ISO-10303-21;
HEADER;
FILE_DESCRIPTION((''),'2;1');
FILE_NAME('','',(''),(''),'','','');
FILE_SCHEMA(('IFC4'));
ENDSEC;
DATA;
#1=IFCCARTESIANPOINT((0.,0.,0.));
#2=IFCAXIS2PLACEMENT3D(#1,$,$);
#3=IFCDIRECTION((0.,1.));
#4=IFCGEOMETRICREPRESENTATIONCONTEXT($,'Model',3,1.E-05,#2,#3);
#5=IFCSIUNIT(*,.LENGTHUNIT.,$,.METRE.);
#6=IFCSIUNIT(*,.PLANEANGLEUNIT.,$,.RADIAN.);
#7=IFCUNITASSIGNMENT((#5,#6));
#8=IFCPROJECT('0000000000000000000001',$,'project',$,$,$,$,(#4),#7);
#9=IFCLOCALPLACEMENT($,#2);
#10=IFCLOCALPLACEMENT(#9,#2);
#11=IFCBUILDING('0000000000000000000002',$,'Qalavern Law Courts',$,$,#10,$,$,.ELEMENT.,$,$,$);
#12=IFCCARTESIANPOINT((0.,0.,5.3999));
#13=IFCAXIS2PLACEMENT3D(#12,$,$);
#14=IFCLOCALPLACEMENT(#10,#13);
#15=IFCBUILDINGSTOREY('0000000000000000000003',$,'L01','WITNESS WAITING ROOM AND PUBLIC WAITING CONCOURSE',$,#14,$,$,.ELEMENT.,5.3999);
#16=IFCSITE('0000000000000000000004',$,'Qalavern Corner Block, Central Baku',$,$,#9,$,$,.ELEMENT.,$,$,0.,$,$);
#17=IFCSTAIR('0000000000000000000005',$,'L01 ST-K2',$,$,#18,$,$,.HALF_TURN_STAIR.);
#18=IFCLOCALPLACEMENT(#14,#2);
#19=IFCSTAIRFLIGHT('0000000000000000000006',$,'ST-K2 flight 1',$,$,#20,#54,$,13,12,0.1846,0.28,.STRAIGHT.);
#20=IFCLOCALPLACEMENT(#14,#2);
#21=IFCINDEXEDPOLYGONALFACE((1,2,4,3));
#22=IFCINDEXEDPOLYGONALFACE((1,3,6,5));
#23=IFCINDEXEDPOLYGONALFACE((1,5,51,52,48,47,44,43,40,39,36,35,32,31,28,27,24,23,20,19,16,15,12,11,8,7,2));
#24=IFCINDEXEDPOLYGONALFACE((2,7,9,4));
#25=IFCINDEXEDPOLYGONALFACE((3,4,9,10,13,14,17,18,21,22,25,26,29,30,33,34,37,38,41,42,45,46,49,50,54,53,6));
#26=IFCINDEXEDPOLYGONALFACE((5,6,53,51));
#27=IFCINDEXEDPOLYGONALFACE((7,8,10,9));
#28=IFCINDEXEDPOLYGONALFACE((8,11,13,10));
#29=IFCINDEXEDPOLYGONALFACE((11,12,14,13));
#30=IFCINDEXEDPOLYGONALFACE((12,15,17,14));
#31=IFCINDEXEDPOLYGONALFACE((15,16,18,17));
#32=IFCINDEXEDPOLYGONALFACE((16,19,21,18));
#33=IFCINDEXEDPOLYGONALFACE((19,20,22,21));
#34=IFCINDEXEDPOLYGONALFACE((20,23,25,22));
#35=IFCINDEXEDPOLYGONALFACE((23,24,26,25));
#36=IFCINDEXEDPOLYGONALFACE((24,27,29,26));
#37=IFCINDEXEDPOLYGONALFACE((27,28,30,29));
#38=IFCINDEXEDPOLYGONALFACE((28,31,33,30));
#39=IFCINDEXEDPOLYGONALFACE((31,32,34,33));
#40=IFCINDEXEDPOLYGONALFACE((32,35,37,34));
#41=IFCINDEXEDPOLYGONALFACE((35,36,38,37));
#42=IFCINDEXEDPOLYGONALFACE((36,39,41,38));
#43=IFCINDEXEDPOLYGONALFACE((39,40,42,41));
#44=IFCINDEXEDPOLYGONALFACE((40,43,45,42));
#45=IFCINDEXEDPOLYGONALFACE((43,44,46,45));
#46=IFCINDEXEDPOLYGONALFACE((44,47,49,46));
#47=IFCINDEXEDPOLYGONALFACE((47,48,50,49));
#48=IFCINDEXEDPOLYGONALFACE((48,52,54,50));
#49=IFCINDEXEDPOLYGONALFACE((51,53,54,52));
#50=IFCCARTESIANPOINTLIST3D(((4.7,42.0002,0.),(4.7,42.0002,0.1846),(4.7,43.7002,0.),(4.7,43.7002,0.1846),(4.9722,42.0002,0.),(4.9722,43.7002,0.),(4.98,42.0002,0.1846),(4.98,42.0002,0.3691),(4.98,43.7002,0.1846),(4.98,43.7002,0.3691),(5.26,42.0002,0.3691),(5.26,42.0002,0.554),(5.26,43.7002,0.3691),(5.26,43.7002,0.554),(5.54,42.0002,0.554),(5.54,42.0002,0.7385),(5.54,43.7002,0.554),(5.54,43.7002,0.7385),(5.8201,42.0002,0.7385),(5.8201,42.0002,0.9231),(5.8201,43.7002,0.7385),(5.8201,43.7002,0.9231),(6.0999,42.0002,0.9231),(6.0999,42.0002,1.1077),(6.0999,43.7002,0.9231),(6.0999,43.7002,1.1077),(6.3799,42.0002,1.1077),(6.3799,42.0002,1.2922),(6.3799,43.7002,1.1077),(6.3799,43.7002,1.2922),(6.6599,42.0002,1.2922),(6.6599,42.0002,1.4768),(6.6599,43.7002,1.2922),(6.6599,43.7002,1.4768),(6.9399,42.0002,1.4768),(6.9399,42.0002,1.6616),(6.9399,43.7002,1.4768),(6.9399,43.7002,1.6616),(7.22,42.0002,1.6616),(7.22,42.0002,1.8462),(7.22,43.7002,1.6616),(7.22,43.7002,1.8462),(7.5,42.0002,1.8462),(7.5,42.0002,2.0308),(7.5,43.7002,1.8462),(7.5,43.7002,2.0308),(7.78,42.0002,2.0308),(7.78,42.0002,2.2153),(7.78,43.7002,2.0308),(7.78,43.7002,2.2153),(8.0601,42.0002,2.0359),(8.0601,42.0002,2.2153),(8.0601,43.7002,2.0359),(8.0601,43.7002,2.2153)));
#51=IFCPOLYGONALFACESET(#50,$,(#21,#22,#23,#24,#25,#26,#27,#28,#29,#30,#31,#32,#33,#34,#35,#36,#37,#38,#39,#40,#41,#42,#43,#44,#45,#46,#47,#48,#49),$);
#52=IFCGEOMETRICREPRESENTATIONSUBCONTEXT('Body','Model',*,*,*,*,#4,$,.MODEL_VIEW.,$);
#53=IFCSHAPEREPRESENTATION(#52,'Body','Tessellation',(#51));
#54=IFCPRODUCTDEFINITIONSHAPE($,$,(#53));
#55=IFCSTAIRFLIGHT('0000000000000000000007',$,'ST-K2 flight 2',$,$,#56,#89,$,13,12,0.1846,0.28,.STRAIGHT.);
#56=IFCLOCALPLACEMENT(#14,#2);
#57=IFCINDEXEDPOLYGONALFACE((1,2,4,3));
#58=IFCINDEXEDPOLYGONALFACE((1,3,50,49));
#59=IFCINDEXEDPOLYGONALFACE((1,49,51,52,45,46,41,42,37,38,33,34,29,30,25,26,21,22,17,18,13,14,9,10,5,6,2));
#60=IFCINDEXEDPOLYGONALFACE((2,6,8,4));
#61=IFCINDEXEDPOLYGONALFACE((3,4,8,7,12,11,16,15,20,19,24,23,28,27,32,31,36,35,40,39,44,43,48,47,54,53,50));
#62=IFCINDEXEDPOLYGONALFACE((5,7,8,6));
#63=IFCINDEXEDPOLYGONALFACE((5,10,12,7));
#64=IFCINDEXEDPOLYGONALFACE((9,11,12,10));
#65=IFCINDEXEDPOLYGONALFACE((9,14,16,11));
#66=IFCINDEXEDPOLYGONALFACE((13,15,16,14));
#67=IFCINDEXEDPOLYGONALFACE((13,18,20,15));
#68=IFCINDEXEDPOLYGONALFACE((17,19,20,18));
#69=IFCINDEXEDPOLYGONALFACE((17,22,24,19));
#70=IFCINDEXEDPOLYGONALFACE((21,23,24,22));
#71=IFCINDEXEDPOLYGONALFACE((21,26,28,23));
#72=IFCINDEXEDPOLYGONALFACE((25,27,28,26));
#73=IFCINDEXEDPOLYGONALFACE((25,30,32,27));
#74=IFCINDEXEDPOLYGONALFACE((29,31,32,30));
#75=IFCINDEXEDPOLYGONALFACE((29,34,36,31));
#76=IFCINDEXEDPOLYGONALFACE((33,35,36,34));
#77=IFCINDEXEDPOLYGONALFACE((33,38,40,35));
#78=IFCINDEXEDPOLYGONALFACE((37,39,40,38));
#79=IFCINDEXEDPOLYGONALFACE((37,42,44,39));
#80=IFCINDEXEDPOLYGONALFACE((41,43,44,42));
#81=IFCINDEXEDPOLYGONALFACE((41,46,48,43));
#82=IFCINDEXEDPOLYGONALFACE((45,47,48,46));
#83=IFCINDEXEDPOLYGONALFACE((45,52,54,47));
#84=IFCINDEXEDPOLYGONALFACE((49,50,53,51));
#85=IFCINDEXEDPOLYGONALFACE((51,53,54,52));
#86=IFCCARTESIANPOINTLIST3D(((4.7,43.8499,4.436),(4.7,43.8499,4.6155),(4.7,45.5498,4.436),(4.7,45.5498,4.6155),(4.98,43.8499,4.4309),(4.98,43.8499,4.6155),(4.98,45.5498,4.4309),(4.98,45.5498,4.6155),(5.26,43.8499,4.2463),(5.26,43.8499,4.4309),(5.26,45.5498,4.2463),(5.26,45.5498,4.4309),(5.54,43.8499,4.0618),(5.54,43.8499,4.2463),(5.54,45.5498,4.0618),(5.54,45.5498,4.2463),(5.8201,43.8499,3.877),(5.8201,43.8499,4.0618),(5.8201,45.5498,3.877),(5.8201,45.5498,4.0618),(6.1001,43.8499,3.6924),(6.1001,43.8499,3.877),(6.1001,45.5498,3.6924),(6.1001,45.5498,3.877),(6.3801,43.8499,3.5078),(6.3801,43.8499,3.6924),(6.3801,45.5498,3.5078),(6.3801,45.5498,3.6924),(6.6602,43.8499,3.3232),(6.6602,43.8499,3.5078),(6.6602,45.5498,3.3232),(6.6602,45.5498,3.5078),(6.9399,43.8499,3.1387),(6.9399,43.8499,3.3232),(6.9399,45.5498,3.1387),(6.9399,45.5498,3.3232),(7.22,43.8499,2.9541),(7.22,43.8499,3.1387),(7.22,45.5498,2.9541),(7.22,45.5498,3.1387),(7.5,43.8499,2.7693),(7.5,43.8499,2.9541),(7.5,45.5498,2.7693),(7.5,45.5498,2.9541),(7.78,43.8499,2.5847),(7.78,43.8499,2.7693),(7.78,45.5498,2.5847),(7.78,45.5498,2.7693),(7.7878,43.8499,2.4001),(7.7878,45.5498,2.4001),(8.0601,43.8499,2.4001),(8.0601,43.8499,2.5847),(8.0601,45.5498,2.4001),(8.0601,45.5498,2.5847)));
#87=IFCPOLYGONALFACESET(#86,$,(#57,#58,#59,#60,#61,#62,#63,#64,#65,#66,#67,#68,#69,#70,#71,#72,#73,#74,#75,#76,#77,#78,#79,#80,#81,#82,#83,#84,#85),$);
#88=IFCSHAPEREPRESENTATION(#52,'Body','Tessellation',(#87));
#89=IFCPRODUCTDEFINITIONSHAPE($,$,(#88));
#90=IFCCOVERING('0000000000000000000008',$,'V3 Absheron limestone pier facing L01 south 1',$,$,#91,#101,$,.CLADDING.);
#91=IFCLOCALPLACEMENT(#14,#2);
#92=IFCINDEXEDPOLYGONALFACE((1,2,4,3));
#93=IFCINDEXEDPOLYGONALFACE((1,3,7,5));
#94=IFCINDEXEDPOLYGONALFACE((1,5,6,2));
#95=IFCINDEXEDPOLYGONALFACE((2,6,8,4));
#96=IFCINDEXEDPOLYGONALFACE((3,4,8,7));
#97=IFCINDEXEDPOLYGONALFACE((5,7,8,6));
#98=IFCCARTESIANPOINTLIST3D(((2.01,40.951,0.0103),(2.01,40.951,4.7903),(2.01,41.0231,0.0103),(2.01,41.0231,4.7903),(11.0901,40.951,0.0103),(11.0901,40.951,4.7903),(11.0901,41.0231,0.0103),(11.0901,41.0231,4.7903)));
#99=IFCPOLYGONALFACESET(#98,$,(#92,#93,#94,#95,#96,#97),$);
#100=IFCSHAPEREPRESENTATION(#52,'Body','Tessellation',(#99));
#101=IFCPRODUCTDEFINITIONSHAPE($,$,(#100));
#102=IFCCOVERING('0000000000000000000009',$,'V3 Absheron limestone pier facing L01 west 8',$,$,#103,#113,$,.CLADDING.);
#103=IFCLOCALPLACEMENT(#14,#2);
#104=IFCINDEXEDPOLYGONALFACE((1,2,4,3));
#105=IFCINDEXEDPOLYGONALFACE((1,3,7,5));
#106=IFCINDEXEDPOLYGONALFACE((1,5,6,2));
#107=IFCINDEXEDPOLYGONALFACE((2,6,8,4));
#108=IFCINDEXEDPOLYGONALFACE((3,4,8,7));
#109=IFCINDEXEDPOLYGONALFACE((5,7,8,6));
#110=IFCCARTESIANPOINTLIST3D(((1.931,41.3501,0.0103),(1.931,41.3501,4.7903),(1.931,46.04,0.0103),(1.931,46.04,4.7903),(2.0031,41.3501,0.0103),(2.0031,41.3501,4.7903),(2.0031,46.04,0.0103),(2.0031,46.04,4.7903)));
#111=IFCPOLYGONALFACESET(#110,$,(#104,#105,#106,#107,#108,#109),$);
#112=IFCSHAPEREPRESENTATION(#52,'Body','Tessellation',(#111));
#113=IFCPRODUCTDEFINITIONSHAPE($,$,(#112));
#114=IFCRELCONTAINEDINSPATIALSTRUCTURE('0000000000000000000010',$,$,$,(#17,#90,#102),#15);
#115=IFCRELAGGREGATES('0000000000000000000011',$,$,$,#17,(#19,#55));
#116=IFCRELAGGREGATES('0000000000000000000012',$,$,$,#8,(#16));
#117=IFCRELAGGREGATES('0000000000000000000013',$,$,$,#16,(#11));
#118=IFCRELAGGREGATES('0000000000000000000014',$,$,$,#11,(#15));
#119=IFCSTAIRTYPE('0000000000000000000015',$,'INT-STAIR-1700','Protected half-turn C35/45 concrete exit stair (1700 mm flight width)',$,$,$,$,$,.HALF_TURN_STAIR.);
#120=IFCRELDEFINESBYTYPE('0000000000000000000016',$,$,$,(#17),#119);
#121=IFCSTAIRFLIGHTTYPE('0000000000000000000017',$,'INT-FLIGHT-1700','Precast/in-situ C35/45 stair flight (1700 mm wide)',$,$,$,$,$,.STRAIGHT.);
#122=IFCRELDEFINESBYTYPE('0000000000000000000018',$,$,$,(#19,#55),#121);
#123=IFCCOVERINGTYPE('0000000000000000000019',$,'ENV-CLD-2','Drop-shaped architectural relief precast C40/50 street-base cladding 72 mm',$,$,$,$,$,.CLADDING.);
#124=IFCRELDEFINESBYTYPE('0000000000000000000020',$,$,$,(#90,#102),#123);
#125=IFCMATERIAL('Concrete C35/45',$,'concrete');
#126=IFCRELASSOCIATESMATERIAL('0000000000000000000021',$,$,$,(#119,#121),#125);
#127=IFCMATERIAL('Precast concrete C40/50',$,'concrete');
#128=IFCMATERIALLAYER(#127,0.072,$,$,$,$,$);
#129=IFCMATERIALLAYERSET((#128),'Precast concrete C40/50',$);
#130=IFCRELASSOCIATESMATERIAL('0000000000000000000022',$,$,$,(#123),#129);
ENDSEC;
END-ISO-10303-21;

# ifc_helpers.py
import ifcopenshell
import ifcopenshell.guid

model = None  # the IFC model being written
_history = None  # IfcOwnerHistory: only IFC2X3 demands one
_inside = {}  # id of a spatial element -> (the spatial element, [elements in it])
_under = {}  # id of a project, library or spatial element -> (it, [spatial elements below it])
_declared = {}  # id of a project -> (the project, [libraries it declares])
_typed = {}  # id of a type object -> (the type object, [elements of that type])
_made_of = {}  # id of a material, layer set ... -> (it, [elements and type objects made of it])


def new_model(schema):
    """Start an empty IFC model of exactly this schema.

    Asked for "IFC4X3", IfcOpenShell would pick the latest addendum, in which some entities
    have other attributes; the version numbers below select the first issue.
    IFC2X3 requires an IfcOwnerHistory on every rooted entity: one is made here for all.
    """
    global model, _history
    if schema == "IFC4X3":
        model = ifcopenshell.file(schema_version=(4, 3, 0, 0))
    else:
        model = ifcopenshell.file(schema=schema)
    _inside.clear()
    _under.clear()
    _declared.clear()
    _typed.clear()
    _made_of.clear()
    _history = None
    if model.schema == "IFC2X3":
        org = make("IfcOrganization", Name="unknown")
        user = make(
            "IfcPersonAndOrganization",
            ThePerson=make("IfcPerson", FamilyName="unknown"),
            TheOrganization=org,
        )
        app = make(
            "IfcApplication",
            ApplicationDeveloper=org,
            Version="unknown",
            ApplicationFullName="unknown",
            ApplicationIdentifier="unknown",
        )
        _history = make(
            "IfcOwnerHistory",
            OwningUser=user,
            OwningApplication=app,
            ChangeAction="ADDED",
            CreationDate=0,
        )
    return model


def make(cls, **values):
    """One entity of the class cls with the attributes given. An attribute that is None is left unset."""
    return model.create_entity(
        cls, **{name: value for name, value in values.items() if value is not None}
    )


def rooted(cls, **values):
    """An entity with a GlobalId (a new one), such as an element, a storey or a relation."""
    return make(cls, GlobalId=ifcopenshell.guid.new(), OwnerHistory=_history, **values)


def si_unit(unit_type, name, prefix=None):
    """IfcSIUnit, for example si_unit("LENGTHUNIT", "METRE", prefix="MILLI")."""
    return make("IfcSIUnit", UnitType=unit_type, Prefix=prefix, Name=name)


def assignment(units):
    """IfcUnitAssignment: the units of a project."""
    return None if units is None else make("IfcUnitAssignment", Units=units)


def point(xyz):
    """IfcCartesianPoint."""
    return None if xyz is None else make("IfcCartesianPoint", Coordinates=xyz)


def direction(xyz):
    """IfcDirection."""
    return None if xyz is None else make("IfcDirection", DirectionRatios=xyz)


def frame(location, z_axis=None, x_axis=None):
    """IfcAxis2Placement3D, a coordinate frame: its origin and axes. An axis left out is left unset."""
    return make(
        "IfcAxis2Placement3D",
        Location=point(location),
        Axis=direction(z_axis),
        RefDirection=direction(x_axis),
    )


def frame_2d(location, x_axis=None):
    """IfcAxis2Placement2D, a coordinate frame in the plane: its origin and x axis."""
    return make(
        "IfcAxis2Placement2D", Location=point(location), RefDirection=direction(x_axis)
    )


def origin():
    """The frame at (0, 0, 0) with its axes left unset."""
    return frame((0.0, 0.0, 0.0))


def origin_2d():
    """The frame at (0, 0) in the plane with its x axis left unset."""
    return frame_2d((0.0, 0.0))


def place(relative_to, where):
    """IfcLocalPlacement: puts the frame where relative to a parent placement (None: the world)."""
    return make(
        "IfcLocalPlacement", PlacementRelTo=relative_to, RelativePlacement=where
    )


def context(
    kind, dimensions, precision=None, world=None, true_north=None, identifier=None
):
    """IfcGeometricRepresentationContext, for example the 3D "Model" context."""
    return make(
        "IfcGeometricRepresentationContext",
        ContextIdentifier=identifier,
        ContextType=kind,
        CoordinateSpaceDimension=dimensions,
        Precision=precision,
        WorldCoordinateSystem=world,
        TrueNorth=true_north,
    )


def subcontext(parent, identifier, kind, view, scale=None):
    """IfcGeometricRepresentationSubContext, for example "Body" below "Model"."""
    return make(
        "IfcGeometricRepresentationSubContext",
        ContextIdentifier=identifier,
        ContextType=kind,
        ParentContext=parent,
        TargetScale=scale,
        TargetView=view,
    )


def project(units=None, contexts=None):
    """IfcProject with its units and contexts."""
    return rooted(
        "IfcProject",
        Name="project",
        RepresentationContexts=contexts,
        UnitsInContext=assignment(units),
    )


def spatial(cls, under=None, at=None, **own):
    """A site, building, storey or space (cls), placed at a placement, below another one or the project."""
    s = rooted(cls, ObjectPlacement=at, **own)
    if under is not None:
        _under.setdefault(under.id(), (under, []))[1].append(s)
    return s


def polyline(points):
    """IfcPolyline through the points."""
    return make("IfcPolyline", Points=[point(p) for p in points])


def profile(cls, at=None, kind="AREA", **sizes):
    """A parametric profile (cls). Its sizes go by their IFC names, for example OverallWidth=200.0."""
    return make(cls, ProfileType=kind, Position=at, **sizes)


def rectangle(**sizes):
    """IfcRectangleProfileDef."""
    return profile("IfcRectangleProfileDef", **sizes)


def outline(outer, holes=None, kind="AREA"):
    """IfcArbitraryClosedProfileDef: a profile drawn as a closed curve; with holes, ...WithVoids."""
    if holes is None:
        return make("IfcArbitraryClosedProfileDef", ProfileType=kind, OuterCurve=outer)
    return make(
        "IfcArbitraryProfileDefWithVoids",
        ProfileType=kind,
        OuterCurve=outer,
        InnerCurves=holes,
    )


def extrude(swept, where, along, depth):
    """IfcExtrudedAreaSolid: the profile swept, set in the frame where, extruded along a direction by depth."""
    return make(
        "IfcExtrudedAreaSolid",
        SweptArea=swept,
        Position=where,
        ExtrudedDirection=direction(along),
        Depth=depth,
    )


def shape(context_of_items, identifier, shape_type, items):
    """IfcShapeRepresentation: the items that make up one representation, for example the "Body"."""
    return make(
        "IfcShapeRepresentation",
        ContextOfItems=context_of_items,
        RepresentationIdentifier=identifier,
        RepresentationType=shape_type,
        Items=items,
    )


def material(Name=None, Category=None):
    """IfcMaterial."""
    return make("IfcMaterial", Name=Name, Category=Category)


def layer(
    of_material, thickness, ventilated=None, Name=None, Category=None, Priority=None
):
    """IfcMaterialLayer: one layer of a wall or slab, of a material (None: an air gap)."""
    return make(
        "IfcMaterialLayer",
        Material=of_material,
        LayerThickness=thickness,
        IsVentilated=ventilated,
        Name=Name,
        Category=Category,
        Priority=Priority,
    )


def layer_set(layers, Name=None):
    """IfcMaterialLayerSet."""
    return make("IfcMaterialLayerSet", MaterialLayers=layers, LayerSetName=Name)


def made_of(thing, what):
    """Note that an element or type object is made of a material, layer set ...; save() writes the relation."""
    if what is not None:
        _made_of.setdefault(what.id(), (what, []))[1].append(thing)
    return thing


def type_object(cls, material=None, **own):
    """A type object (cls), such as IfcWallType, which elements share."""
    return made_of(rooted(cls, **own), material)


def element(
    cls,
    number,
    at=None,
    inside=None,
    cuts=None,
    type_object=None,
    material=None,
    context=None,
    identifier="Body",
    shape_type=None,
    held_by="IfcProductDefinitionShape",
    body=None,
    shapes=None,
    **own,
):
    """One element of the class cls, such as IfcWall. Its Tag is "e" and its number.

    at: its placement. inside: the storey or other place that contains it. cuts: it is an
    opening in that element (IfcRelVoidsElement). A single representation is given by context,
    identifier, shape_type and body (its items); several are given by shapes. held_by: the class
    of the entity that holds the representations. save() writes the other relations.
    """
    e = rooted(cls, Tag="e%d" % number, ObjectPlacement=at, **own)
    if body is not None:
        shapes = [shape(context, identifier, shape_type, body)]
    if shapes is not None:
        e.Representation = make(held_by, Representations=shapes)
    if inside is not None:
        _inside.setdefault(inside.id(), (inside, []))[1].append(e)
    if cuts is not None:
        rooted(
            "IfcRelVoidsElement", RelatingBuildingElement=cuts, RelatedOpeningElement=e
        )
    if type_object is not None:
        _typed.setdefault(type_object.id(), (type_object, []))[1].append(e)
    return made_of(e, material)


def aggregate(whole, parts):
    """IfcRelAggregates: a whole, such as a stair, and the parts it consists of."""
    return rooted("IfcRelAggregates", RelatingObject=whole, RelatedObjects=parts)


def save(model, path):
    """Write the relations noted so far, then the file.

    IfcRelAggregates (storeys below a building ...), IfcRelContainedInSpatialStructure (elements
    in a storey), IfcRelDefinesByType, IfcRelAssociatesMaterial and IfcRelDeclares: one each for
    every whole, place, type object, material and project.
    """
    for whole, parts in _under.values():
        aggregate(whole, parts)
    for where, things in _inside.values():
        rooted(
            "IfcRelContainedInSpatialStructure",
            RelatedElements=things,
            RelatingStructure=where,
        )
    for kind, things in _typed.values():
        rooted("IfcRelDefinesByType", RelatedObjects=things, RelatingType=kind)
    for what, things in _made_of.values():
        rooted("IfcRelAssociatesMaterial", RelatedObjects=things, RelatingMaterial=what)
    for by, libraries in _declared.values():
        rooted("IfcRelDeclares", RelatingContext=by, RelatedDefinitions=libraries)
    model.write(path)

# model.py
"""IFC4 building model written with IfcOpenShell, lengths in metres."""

from ifc_helpers import new_model, si_unit, direction, frame, origin, origin_2d, place, context, subcontext, project, spatial, polyline, rectangle, outline, extrude, material, layer, layer_set, type_object, element, aggregate, save


model = new_model("IFC4")

# Units and contexts
model_context = context("Model", 3, precision=1e-05, world=origin(), true_north=direction((0.0, 1.0)))
body_context = subcontext(model_context, "Body", "Model", "MODEL_VIEW")
ifc_project = project(units=[si_unit("LENGTHUNIT", "METRE"), si_unit("PLANEANGLEUNIT", "RADIAN")], contexts=[model_context])

# Site, building, storey
site_placement = place(None, origin())
site = spatial("IfcSite", under=ifc_project, at=site_placement, Name="Qalavern Corner Block, Central Baku", CompositionType="ELEMENT", RefElevation=0.0)
building_placement = place(site_placement, origin())
building = spatial("IfcBuilding", under=site, at=building_placement, Name="Qalavern Law Courts", CompositionType="ELEMENT")
storey_placement = place(building_placement, frame((0.0, 0.0, 5.3999)))
storey = spatial("IfcBuildingStorey", under=building, at=storey_placement, Name="L01", Description="WITNESS WAITING ROOM AND PUBLIC WAITING CONCOURSE", CompositionType="ELEMENT", Elevation=5.3999)

# Stair, stair flights
ifc_material_1 = material(Name="Concrete C35/45", Category="concrete")
stair_type = type_object("IfcStairType", Name="INT-STAIR-1700", Description="Protected half-turn C35/45 concrete exit stair (1700 mm flight width)", PredefinedType="HALF_TURN_STAIR", material=ifc_material_1)
stair_placement = place(storey_placement, origin())
stair = element("IfcStair", 1, at=stair_placement, inside=storey, type_object=stair_type, Name="L01 ST-K2", PredefinedType="HALF_TURN_STAIR")
stair_flight_type = type_object("IfcStairFlightType", Name="INT-FLIGHT-1700", Description="Precast/in-situ C35/45 stair flight (1700 mm wide)", PredefinedType="STRAIGHT", material=ifc_material_1)
stair_flight_1_placement = place(storey_placement, frame((4.7, 42.8501, 0.0), z_axis=(0.0, 0.0, 1.0), x_axis=(1.0, 0.0, 0.0)))
stair_flight_1 = element("IfcStairFlight", 2, at=stair_flight_1_placement, type_object=stair_flight_type, Name="ST-K2 flight 1", NumberOfRisers=13, NumberOfTreads=12, PredefinedType="STRAIGHT", RiserHeight=0.1846, TreadLength=0.28, context=body_context, shape_type="SweptSolid", body=[
    extrude(outline(polyline([(0.0, 0.0), (0.0, 0.1846), (0.28, 0.1846), (0.28, 0.3691), (0.5601, 0.3691), (0.5601, 0.554), (0.8401, 0.554), (0.8401, 0.7385), (1.1201, 0.7385), (1.1201, 0.9231), (1.3999, 0.9231), (1.3999, 1.1077), (1.6799, 1.1077), (1.6799, 1.2922), (1.96, 1.2922), (1.96, 1.4768), (2.24, 1.4768), (2.24, 1.6616), (2.52, 1.6616), (2.52, 1.8462), (2.8, 1.8462), (2.8, 2.0308), (3.0801, 2.0308), (3.0801, 2.2153), (3.3601, 2.2153), (3.3601, 2.3999), (3.3601, 2.0359), (0.2722, 0.0), (0.0, 0.0)])), frame((0.0, 0.8501, 0.0), z_axis=(0.0, -1.0, 0.0), x_axis=(1.0, 0.0, 0.0)), (0.0, 0.0, 1.0), 1.7),
])
stair_flight_2_placement = place(storey_placement, frame((8.0601, 44.7, 2.4001), z_axis=(0.0, 0.0, 1.0), x_axis=(-1.0, 0.0, 0.0)))
stair_flight_2 = element("IfcStairFlight", 3, at=stair_flight_2_placement, type_object=stair_flight_type, Name="ST-K2 flight 2", NumberOfRisers=13, NumberOfTreads=12, PredefinedType="STRAIGHT", RiserHeight=0.1846, TreadLength=0.28, context=body_context, shape_type="SweptSolid", body=[
    extrude(outline(polyline([(0.0, 0.0), (0.0, 0.1846), (0.28, 0.1846), (0.28, 0.3691), (0.5601, 0.3691), (0.5601, 0.554), (0.8401, 0.554), (0.8401, 0.7385), (1.1201, 0.7385), (1.1201, 0.9231), (1.3999, 0.9231), (1.3999, 1.1077), (1.6799, 1.1077), (1.6799, 1.2922), (1.96, 1.2922), (1.96, 1.4768), (2.24, 1.4768), (2.24, 1.6616), (2.52, 1.6616), (2.52, 1.8462), (2.8, 1.8462), (2.8, 2.0308), (3.0801, 2.0308), (3.0801, 2.2153), (3.3601, 2.2153), (3.3601, 2.3999), (3.3601, 2.0359), (0.2722, 0.0), (0.0, 0.0)])), frame((0.0, 0.8501, 0.0), z_axis=(0.0, -1.0, 0.0), x_axis=(1.0, 0.0, 0.0)), (0.0, 0.0, 1.0), 1.7),
])
aggregate(stair, [stair_flight_1, stair_flight_2])

# Coverings
ifc_material_2 = material(Name="Precast concrete C40/50", Category="concrete")
ifc_layer_1 = layer(ifc_material_2, 0.072)
ifc_layer_set_1 = layer_set([ifc_layer_1], Name="Precast concrete C40/50")
covering_type = type_object("IfcCoveringType", Name="ENV-CLD-2", Description="Drop-shaped architectural relief precast C40/50 street-base cladding 72 mm", PredefinedType="CLADDING", material=ifc_layer_set_1)
covering_1_placement = place(storey_placement, frame((6.55, 40.9871, 0.0103), z_axis=(0.0, 0.0, 1.0), x_axis=(1.0, 0.0, 0.0)))
element("IfcCovering", 4, at=covering_1_placement, inside=storey, type_object=covering_type, Name="V3 Absheron limestone pier facing L01 south 1", PredefinedType="CLADDING", context=body_context, shape_type="SweptSolid", body=[
    extrude(rectangle(XDim=9.0801, YDim=0.072, at=origin_2d()), origin(), (0.0, 0.0, 1.0), 4.78),
])
covering_2_placement = place(storey_placement, frame((1.967, 43.6951, 0.0103), z_axis=(0.0, 0.0, 1.0), x_axis=(0.0, -1.0, 0.0)))
element("IfcCovering", 5, at=covering_2_placement, inside=storey, type_object=covering_type, Name="V3 Absheron limestone pier facing L01 west 8", PredefinedType="CLADDING", context=body_context, shape_type="SweptSolid", body=[
    extrude(rectangle(XDim=4.6899, YDim=0.072, at=origin_2d()), origin(), (0.0, 0.0, 1.0), 4.78),
])

save(model, "model.ifc")
